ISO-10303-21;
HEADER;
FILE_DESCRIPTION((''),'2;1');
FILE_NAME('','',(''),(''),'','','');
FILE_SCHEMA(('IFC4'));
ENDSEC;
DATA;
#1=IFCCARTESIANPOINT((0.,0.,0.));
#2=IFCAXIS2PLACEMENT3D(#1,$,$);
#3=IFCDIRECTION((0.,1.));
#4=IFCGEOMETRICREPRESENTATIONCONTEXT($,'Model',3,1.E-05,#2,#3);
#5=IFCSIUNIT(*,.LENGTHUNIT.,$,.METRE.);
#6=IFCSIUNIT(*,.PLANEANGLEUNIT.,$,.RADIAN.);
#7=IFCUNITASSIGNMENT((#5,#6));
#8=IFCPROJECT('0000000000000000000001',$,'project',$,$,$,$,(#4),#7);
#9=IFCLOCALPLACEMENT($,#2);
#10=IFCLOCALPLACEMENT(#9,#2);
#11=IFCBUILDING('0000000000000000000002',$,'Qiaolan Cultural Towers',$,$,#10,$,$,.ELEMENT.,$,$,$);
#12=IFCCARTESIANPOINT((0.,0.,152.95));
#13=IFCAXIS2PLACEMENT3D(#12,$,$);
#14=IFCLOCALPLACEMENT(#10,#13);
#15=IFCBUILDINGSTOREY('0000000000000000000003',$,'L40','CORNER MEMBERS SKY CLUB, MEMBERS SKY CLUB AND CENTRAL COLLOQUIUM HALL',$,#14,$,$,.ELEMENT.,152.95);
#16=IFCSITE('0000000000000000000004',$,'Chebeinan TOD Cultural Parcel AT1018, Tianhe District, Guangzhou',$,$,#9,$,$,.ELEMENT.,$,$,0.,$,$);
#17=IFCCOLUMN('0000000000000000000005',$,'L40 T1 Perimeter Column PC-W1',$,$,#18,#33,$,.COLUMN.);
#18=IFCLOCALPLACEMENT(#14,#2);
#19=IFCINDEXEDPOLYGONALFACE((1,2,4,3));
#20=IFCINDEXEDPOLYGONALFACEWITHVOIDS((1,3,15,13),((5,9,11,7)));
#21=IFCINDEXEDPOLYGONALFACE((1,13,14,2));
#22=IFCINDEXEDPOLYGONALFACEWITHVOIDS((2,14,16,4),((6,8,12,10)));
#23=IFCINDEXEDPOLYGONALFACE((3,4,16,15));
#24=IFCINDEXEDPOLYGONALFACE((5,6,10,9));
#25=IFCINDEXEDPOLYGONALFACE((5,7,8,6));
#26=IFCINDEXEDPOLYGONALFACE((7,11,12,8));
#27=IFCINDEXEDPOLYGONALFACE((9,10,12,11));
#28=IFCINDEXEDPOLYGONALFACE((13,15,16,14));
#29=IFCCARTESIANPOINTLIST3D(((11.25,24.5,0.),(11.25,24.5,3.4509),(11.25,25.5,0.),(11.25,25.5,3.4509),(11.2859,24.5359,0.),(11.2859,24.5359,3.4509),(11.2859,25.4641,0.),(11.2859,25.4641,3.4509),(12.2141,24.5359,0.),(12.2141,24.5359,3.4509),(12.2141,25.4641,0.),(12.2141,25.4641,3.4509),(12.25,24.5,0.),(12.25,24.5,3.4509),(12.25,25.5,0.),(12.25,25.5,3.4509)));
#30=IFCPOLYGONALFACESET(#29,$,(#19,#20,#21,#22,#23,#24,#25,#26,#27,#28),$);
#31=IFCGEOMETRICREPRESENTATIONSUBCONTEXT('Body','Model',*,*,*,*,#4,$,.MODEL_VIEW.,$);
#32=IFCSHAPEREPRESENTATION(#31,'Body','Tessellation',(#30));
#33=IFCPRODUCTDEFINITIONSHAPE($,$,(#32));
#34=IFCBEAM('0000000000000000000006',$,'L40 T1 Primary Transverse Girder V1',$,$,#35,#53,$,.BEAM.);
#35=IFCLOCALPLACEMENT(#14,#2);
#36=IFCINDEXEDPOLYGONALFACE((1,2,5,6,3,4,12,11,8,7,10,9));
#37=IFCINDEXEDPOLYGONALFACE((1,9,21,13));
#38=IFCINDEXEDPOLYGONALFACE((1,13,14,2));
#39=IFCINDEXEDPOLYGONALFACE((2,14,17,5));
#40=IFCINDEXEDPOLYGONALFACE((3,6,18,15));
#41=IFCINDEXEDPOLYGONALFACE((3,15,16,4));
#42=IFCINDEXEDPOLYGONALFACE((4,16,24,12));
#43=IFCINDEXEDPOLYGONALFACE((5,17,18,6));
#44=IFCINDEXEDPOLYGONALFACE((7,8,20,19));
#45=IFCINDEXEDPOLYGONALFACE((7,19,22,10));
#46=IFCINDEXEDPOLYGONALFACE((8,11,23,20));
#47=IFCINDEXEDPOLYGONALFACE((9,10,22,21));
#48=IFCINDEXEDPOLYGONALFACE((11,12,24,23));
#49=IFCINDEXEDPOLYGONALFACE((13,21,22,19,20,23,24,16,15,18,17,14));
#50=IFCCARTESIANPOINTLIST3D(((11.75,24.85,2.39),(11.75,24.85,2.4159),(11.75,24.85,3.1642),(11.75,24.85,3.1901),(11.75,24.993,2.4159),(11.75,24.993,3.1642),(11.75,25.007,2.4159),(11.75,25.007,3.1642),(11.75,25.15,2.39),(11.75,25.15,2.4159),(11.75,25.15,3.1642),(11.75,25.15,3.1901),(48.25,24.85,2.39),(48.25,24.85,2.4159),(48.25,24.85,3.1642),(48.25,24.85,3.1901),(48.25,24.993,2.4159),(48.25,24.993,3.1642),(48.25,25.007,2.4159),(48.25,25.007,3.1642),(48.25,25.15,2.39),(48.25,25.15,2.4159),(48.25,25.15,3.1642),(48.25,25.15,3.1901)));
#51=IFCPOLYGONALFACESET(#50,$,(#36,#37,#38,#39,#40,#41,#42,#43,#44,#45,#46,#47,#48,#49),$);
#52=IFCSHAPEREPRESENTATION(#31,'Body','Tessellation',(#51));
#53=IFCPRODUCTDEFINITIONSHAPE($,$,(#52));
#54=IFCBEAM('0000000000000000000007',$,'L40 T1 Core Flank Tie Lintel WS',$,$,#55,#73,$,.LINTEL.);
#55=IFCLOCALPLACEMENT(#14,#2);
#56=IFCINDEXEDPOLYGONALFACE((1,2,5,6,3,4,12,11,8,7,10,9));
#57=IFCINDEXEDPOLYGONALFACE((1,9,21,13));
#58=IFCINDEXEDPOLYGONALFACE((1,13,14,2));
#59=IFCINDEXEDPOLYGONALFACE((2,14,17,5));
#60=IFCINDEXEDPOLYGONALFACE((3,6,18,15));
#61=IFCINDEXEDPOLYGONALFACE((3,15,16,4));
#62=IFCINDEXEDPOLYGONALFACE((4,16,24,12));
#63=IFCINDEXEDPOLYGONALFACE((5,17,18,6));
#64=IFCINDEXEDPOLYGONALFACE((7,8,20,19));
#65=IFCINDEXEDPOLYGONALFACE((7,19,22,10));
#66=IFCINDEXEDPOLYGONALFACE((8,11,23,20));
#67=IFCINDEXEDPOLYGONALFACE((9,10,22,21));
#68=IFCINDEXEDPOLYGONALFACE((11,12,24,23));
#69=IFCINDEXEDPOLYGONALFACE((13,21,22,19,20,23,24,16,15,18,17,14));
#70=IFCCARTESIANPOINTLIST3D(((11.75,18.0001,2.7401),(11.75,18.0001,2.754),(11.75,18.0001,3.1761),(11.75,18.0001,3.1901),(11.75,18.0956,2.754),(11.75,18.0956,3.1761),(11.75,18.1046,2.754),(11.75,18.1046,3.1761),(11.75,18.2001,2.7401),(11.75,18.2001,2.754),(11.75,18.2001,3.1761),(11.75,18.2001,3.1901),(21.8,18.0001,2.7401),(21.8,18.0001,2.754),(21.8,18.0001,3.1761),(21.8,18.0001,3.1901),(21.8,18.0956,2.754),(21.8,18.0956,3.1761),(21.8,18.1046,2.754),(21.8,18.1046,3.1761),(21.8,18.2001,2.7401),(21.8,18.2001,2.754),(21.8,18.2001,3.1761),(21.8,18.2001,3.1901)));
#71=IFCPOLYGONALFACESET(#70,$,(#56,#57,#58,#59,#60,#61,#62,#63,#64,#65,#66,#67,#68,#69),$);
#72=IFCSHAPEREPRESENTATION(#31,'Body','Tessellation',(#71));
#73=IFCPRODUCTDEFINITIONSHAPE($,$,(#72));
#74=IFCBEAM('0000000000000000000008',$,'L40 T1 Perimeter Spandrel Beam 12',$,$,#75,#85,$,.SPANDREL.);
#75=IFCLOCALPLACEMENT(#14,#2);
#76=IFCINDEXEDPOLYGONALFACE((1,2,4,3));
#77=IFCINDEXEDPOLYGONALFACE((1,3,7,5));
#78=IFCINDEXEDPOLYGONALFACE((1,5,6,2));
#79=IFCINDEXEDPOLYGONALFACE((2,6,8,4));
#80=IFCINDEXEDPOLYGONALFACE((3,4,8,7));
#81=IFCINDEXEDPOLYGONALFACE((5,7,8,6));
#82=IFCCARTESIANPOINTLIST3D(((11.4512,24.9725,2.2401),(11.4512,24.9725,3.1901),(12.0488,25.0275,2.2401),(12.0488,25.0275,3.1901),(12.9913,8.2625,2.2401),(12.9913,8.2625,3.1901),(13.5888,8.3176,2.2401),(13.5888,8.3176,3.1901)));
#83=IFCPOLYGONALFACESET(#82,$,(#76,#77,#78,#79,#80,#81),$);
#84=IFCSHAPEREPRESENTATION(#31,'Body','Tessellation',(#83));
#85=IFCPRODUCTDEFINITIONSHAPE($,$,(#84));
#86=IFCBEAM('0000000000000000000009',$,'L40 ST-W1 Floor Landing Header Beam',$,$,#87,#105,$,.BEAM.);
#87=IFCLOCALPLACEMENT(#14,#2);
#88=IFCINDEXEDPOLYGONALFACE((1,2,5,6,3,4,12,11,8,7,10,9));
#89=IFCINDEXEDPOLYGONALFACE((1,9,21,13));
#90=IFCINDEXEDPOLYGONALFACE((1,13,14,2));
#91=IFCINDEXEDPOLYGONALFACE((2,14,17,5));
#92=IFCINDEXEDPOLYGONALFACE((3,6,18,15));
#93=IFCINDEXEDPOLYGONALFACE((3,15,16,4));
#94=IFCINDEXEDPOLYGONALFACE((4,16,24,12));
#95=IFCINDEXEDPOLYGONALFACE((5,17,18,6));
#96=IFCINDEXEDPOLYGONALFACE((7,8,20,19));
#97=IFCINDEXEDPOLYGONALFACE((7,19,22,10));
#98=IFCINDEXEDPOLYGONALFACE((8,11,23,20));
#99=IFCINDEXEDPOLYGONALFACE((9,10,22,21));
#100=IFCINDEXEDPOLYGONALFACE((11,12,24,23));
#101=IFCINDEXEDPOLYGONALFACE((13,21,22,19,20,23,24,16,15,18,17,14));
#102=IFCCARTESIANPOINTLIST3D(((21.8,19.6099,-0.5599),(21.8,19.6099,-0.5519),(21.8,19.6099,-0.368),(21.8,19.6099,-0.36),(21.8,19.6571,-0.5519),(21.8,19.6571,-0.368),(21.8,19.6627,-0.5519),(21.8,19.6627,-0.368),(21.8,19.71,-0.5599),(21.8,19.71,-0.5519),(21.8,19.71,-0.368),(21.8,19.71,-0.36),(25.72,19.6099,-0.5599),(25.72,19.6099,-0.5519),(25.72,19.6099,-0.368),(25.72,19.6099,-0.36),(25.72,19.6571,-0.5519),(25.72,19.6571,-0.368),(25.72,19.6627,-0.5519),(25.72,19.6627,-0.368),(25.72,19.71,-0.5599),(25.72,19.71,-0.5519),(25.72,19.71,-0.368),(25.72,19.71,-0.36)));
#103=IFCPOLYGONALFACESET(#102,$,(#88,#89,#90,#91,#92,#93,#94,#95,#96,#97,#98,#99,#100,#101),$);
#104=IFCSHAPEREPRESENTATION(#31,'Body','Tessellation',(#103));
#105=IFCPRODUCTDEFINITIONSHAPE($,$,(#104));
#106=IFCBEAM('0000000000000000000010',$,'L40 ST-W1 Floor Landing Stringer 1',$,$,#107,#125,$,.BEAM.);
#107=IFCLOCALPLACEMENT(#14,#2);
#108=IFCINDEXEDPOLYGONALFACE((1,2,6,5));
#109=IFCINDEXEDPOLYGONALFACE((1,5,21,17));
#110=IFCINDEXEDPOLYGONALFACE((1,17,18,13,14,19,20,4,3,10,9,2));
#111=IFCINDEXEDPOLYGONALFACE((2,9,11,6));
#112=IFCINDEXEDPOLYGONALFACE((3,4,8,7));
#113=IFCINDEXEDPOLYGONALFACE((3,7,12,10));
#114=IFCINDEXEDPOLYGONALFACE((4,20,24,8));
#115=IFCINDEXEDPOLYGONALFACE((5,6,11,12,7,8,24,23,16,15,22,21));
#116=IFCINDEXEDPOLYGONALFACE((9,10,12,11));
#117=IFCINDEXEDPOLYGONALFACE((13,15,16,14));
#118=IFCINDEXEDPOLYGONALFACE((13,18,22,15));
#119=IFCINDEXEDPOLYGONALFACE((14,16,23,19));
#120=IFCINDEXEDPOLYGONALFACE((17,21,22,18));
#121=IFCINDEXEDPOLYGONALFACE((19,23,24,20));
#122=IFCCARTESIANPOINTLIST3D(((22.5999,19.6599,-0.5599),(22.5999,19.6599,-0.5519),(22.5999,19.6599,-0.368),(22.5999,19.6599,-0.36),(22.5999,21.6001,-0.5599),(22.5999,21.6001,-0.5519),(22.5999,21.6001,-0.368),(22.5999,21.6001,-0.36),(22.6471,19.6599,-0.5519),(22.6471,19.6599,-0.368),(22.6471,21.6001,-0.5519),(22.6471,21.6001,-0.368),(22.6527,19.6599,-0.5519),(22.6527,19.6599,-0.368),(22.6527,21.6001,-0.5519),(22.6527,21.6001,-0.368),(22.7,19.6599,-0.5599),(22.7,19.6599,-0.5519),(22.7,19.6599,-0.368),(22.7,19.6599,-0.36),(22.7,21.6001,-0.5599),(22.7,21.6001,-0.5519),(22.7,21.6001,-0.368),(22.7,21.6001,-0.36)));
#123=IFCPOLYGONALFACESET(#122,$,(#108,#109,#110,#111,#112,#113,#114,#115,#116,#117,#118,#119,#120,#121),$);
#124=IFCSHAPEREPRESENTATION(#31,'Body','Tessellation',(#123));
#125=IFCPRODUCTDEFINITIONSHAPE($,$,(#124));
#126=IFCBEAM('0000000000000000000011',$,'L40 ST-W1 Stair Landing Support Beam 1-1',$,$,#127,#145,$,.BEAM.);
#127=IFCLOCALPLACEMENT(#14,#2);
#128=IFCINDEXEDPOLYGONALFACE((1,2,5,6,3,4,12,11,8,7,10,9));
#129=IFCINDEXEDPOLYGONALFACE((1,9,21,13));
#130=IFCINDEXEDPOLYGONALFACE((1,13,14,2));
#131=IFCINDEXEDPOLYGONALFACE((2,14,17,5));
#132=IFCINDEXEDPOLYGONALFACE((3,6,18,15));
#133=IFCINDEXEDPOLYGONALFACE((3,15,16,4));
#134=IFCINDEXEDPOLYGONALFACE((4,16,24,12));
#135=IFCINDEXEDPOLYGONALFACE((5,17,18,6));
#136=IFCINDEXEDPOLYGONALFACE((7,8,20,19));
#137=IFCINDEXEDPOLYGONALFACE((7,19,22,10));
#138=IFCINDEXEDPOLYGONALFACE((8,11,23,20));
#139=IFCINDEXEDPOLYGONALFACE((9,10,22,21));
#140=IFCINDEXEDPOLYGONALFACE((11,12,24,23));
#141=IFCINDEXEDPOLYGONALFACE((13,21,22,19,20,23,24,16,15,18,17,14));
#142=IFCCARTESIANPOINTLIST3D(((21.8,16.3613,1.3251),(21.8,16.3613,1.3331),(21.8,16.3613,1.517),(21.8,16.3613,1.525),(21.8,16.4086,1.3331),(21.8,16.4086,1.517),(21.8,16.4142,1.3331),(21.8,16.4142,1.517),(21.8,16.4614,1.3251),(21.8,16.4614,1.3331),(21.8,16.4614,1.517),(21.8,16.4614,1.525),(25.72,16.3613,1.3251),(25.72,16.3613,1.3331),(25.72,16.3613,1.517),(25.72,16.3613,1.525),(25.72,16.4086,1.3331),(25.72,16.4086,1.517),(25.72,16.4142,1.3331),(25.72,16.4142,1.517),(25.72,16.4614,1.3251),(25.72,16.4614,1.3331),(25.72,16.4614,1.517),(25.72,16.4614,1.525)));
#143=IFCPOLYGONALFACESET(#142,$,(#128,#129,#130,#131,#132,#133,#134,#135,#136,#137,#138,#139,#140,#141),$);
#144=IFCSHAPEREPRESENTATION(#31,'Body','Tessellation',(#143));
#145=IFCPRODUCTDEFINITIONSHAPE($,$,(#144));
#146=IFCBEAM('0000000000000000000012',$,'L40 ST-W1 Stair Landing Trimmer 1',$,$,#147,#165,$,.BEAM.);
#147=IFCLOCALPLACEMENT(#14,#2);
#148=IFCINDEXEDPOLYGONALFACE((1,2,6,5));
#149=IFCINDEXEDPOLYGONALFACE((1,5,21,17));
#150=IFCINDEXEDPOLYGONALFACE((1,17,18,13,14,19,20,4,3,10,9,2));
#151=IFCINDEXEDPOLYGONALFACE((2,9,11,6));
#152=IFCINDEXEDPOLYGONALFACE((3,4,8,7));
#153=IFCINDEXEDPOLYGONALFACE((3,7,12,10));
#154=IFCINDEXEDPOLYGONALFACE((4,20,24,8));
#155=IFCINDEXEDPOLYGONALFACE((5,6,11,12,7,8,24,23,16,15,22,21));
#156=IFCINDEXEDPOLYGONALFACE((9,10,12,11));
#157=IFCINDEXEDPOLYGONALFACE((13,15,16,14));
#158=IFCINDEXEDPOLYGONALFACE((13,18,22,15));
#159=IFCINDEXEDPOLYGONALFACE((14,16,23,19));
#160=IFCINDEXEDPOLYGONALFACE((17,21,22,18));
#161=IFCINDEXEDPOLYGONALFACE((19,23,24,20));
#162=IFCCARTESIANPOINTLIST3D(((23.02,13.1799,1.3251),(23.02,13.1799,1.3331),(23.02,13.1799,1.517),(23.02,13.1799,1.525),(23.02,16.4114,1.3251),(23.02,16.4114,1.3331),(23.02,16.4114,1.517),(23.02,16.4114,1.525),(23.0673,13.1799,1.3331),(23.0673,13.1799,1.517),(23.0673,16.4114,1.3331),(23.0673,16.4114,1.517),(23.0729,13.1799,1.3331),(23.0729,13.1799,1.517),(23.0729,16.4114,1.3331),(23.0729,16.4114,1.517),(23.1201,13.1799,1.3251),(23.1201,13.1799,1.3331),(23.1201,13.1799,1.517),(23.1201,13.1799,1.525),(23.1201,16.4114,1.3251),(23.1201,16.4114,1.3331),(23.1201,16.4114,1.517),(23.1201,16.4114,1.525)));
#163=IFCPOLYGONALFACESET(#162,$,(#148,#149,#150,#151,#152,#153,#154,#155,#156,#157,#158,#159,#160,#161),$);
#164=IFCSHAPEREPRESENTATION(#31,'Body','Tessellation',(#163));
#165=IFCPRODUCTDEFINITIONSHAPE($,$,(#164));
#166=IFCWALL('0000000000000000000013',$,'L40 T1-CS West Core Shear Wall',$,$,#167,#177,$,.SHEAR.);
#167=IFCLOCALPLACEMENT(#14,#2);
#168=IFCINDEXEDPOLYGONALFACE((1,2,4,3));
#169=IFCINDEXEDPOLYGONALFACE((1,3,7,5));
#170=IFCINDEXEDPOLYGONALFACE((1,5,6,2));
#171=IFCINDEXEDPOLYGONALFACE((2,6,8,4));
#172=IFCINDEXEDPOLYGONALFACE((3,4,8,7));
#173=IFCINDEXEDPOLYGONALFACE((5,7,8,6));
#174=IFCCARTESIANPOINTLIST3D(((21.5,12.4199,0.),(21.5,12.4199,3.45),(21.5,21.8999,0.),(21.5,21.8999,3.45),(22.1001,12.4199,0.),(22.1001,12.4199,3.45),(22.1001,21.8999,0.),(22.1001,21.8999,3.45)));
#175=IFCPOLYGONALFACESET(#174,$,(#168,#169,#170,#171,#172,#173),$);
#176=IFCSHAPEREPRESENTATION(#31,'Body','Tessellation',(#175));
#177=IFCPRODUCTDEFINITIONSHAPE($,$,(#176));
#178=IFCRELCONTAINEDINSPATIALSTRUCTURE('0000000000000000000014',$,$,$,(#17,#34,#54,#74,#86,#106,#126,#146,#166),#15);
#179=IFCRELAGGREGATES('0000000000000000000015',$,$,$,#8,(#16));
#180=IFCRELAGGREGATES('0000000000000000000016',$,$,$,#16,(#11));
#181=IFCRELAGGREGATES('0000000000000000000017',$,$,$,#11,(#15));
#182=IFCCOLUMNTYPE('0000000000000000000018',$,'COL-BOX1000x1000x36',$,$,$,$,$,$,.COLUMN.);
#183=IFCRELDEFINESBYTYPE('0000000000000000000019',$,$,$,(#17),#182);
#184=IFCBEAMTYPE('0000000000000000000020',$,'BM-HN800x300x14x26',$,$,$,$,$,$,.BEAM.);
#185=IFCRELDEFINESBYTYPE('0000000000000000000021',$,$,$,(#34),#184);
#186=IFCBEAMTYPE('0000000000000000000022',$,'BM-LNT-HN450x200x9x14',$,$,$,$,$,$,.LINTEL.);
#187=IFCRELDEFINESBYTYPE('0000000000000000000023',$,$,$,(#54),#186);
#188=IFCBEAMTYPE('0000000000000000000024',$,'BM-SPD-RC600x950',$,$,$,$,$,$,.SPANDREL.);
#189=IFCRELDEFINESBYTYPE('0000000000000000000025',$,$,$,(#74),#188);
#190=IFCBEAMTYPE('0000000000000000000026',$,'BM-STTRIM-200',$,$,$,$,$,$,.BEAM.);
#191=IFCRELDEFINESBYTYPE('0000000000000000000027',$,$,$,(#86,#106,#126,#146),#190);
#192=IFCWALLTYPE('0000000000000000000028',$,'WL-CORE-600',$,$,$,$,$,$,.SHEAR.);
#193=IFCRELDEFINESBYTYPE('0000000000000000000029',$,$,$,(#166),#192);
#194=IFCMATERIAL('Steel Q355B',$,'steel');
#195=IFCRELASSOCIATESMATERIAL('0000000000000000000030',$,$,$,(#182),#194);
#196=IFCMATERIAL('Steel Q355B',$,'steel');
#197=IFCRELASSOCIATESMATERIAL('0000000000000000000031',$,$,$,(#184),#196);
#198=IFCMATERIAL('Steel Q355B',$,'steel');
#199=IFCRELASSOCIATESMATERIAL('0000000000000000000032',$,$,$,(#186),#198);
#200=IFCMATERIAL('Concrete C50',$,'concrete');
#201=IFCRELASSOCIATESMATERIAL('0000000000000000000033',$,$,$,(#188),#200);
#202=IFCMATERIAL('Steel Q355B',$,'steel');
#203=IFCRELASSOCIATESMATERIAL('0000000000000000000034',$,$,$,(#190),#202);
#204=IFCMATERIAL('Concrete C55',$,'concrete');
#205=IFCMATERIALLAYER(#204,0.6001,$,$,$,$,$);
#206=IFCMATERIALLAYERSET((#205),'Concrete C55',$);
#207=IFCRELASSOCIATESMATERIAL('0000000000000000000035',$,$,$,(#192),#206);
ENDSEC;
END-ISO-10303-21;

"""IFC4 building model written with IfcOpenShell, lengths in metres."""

from ifc_helpers import new_model, si_unit, direction, frame, frame_2d, origin, origin_2d, place, context, subcontext, project, spatial, rectangle, hollow_rectangle, i_section, extrude, material, layer, layer_set, material_profile, profile_set, type_object, element, save


model = new_model("IFC4")

# Units and contexts
model_context = context("Model", 3, precision=1e-05, world=origin(), true_north=direction((0.0, 1.0)))
body_context = subcontext(model_context, "Body", "Model", "MODEL_VIEW")
ifc_project = project(units=[si_unit("LENGTHUNIT", "METRE"), si_unit("PLANEANGLEUNIT", "RADIAN")], contexts=[model_context])

# Site, building, storey
site_placement = place(None, origin())
site = spatial("IfcSite", under=ifc_project, at=site_placement, Name="Chebeinan TOD Cultural Parcel AT1018, Tianhe District, Guangzhou", CompositionType="ELEMENT", RefElevation=0.0)
building_placement = place(site_placement, origin())
building = spatial("IfcBuilding", under=site, at=building_placement, Name="Qiaolan Cultural Towers", CompositionType="ELEMENT")
storey_placement = place(building_placement, frame((0.0, 0.0, 152.95)))
storey = spatial("IfcBuildingStorey", under=building, at=storey_placement, Name="L40", Description="CORNER MEMBERS SKY CLUB, MEMBERS SKY CLUB AND CENTRAL COLLOQUIUM HALL", CompositionType="ELEMENT", Elevation=152.95)

# Column
ifc_material_1 = material(Name="Steel Q355B", Category="steel")
ifc_material_profile_1 = material_profile(ifc_material_1, hollow_rectangle(XDim=1.0, YDim=1.0, WallThickness=0.0359, at=origin_2d()), Name="BOX1000x1000x36")
ifc_profile_set_1 = profile_set([ifc_material_profile_1], Name="Steel Q355B")
column_type = type_object("IfcColumnType", Name="COL-BOX1000x1000x36", PredefinedType="COLUMN", material=ifc_profile_set_1)
column_placement = place(storey_placement, frame((11.75, 25.0, 0.0), z_axis=(0.0, 0.0, 1.0), x_axis=(1.0, 0.0, 0.0)))
element("IfcColumn", 1, at=column_placement, inside=storey, type_object=column_type, Name="L40 T1 Perimeter Column PC-W1", PredefinedType="COLUMN", context=body_context, shape_type="SweptSolid", body=[
    extrude(hollow_rectangle(XDim=1.0, YDim=1.0, WallThickness=0.0359, at=origin_2d()), origin(), (0.0, 0.0, 1.0), 3.4509),
])

# Beams
ifc_material_2 = material(Name="Steel Q355B", Category="steel")
ifc_material_profile_2 = material_profile(ifc_material_2, i_section(OverallWidth=0.3, OverallDepth=0.8, WebThickness=0.0139, FlangeThickness=0.0259, at=origin_2d()), Name="HN800x300x14x26")
ifc_profile_set_2 = profile_set([ifc_material_profile_2], Name="Steel Q355B")
beam_type_1 = type_object("IfcBeamType", Name="BM-HN800x300x14x26", PredefinedType="BEAM", material=ifc_profile_set_2)
beam_1_placement = place(storey_placement, frame((11.75, 25.0, 2.79), z_axis=(1.0, 0.0, 0.0), x_axis=(0.0, 1.0, 0.0)))
element("IfcBeam", 2, at=beam_1_placement, inside=storey, type_object=beam_type_1, Name="L40 T1 Primary Transverse Girder V1", PredefinedType="BEAM", context=body_context, shape_type="SweptSolid", body=[
    extrude(i_section(OverallWidth=0.3, OverallDepth=0.8, WebThickness=0.0139, FlangeThickness=0.0259, at=origin_2d()), origin(), (0.0, 0.0, 1.0), 36.5),
])
ifc_material_3 = material(Name="Steel Q355B", Category="steel")
ifc_material_profile_3 = material_profile(ifc_material_3, i_section(OverallWidth=0.2, OverallDepth=0.45, WebThickness=0.009, FlangeThickness=0.0139, at=origin_2d()), Name="HN450x200x9x14")
ifc_profile_set_3 = profile_set([ifc_material_profile_3], Name="Steel Q355B")
beam_type_2 = type_object("IfcBeamType", Name="BM-LNT-HN450x200x9x14", PredefinedType="LINTEL", material=ifc_profile_set_3)
beam_2_placement = place(storey_placement, frame((21.8, 18.1001, 2.9651), z_axis=(-1.0, 0.0, 0.0), x_axis=(0.0, -1.0, 0.0)))
element("IfcBeam", 3, at=beam_2_placement, inside=storey, type_object=beam_type_2, Name="L40 T1 Core Flank Tie Lintel WS", PredefinedType="LINTEL", context=body_context, shape_type="SweptSolid", body=[
    extrude(i_section(OverallWidth=0.2, OverallDepth=0.45, WebThickness=0.009, FlangeThickness=0.0139, at=origin_2d()), origin(), (0.0, 0.0, 1.0), 10.05),
])
ifc_material_4 = material(Name="Concrete C50", Category="concrete")
ifc_material_profile_4 = material_profile(ifc_material_4, rectangle(XDim=0.6001, YDim=0.95, at=origin_2d()), Name="RC600x950")
ifc_profile_set_4 = profile_set([ifc_material_profile_4], Name="Concrete C50")
beam_type_3 = type_object("IfcBeamType", Name="BM-SPD-RC600x950", PredefinedType="SPANDREL", material=ifc_profile_set_4)
beam_3_placement = place(storey_placement, frame((11.75, 25.0, 2.7151), z_axis=(0.091774, -0.99578, 0.0), x_axis=(0.99578, 0.091774, 0.0)))
element("IfcBeam", 4, at=beam_3_placement, inside=storey, type_object=beam_type_3, Name="L40 T1 Perimeter Spandrel Beam 12", PredefinedType="SPANDREL", context=body_context, shape_type="SweptSolid", body=[
    extrude(rectangle(XDim=0.6001, YDim=0.95, at=origin_2d()), origin(), (0.0, 0.0, 1.0), 16.7808),
])
ifc_material_5 = material(Name="Steel Q355B", Category="steel")
ifc_material_profile_5 = material_profile(ifc_material_5, i_section(OverallWidth=0.1001, OverallDepth=0.2, WebThickness=0.0056, FlangeThickness=0.0081, at=origin_2d()), Name="HN200x100x5.5x8")
ifc_profile_set_5 = profile_set([ifc_material_profile_5], Name="Steel Q355B")
beam_type_4 = type_object("IfcBeamType", Name="BM-STTRIM-200", PredefinedType="BEAM", material=ifc_profile_set_5)
beam_4_placement = place(storey_placement, frame((21.8, 19.6599, -0.46), z_axis=(1.0, 0.0, 0.0), x_axis=(0.0, 1.0, 0.0)))
element("IfcBeam", 5, at=beam_4_placement, inside=storey, type_object=beam_type_4, Name="L40 ST-W1 Floor Landing Header Beam", PredefinedType="BEAM", context=body_context, shape_type="SweptSolid", body=[
    extrude(i_section(OverallWidth=0.1001, OverallDepth=0.2, WebThickness=0.0056, FlangeThickness=0.0081, at=origin_2d()), origin(), (0.0, 0.0, 1.0), 3.9199),
])
beam_5_placement = place(storey_placement, frame((22.6499, 21.6001, -0.46), z_axis=(0.0, -1.0, 0.0), x_axis=(1.0, 0.0, 0.0)))
element("IfcBeam", 6, at=beam_5_placement, inside=storey, type_object=beam_type_4, Name="L40 ST-W1 Floor Landing Stringer 1", PredefinedType="BEAM", context=body_context, shape_type="SweptSolid", body=[
    extrude(i_section(OverallWidth=0.1001, OverallDepth=0.2, WebThickness=0.0056, FlangeThickness=0.0081, at=origin_2d()), origin(), (0.0, 0.0, 1.0), 1.9402),
])
beam_6_placement = place(storey_placement, frame((21.8, 16.4114, 1.425), z_axis=(1.0, 0.0, 0.0), x_axis=(0.0, 1.0, 0.0)))
element("IfcBeam", 7, at=beam_6_placement, inside=storey, type_object=beam_type_4, Name="L40 ST-W1 Stair Landing Support Beam 1-1", PredefinedType="BEAM", context=body_context, shape_type="SweptSolid", body=[
    extrude(i_section(OverallWidth=0.1001, OverallDepth=0.2, WebThickness=0.0056, FlangeThickness=0.0081, at=origin_2d()), origin(), (0.0, 0.0, 1.0), 3.9199),
])
beam_7_placement = place(storey_placement, frame((23.0701, 16.4114, 1.425), z_axis=(0.0, -1.0, 0.0), x_axis=(1.0, 0.0, 0.0)))
element("IfcBeam", 8, at=beam_7_placement, inside=storey, type_object=beam_type_4, Name="L40 ST-W1 Stair Landing Trimmer 1", PredefinedType="BEAM", context=body_context, shape_type="SweptSolid", body=[
    extrude(i_section(OverallWidth=0.1001, OverallDepth=0.2, WebThickness=0.0056, FlangeThickness=0.0081, at=origin_2d()), origin(), (0.0, 0.0, 1.0), 3.2314),
])

# Wall
ifc_material_6 = material(Name="Concrete C55", Category="concrete")
ifc_layer_1 = layer(ifc_material_6, 0.6001)
ifc_layer_set_1 = layer_set([ifc_layer_1], Name="Concrete C55")
wall_type_1 = type_object("IfcWallType", Name="WL-CORE-600", PredefinedType="SHEAR", material=ifc_layer_set_1)
wall_1_placement = place(storey_placement, frame((21.8, 21.8999, 0.0), z_axis=(0.0, 0.0, 1.0), x_axis=(0.0, -1.0, 0.0)))
element("IfcWall", 9, at=wall_1_placement, inside=storey, type_object=wall_type_1, Name="L40 T1-CS West Core Shear Wall", PredefinedType="SHEAR", context=body_context, shape_type="SweptSolid", body=[
    extrude(rectangle(XDim=9.48, YDim=0.6001, at=frame_2d((4.74, 0.0))), origin(), (0.0, 0.0, 1.0), 3.45),
])

save(model, "model.ifc")
